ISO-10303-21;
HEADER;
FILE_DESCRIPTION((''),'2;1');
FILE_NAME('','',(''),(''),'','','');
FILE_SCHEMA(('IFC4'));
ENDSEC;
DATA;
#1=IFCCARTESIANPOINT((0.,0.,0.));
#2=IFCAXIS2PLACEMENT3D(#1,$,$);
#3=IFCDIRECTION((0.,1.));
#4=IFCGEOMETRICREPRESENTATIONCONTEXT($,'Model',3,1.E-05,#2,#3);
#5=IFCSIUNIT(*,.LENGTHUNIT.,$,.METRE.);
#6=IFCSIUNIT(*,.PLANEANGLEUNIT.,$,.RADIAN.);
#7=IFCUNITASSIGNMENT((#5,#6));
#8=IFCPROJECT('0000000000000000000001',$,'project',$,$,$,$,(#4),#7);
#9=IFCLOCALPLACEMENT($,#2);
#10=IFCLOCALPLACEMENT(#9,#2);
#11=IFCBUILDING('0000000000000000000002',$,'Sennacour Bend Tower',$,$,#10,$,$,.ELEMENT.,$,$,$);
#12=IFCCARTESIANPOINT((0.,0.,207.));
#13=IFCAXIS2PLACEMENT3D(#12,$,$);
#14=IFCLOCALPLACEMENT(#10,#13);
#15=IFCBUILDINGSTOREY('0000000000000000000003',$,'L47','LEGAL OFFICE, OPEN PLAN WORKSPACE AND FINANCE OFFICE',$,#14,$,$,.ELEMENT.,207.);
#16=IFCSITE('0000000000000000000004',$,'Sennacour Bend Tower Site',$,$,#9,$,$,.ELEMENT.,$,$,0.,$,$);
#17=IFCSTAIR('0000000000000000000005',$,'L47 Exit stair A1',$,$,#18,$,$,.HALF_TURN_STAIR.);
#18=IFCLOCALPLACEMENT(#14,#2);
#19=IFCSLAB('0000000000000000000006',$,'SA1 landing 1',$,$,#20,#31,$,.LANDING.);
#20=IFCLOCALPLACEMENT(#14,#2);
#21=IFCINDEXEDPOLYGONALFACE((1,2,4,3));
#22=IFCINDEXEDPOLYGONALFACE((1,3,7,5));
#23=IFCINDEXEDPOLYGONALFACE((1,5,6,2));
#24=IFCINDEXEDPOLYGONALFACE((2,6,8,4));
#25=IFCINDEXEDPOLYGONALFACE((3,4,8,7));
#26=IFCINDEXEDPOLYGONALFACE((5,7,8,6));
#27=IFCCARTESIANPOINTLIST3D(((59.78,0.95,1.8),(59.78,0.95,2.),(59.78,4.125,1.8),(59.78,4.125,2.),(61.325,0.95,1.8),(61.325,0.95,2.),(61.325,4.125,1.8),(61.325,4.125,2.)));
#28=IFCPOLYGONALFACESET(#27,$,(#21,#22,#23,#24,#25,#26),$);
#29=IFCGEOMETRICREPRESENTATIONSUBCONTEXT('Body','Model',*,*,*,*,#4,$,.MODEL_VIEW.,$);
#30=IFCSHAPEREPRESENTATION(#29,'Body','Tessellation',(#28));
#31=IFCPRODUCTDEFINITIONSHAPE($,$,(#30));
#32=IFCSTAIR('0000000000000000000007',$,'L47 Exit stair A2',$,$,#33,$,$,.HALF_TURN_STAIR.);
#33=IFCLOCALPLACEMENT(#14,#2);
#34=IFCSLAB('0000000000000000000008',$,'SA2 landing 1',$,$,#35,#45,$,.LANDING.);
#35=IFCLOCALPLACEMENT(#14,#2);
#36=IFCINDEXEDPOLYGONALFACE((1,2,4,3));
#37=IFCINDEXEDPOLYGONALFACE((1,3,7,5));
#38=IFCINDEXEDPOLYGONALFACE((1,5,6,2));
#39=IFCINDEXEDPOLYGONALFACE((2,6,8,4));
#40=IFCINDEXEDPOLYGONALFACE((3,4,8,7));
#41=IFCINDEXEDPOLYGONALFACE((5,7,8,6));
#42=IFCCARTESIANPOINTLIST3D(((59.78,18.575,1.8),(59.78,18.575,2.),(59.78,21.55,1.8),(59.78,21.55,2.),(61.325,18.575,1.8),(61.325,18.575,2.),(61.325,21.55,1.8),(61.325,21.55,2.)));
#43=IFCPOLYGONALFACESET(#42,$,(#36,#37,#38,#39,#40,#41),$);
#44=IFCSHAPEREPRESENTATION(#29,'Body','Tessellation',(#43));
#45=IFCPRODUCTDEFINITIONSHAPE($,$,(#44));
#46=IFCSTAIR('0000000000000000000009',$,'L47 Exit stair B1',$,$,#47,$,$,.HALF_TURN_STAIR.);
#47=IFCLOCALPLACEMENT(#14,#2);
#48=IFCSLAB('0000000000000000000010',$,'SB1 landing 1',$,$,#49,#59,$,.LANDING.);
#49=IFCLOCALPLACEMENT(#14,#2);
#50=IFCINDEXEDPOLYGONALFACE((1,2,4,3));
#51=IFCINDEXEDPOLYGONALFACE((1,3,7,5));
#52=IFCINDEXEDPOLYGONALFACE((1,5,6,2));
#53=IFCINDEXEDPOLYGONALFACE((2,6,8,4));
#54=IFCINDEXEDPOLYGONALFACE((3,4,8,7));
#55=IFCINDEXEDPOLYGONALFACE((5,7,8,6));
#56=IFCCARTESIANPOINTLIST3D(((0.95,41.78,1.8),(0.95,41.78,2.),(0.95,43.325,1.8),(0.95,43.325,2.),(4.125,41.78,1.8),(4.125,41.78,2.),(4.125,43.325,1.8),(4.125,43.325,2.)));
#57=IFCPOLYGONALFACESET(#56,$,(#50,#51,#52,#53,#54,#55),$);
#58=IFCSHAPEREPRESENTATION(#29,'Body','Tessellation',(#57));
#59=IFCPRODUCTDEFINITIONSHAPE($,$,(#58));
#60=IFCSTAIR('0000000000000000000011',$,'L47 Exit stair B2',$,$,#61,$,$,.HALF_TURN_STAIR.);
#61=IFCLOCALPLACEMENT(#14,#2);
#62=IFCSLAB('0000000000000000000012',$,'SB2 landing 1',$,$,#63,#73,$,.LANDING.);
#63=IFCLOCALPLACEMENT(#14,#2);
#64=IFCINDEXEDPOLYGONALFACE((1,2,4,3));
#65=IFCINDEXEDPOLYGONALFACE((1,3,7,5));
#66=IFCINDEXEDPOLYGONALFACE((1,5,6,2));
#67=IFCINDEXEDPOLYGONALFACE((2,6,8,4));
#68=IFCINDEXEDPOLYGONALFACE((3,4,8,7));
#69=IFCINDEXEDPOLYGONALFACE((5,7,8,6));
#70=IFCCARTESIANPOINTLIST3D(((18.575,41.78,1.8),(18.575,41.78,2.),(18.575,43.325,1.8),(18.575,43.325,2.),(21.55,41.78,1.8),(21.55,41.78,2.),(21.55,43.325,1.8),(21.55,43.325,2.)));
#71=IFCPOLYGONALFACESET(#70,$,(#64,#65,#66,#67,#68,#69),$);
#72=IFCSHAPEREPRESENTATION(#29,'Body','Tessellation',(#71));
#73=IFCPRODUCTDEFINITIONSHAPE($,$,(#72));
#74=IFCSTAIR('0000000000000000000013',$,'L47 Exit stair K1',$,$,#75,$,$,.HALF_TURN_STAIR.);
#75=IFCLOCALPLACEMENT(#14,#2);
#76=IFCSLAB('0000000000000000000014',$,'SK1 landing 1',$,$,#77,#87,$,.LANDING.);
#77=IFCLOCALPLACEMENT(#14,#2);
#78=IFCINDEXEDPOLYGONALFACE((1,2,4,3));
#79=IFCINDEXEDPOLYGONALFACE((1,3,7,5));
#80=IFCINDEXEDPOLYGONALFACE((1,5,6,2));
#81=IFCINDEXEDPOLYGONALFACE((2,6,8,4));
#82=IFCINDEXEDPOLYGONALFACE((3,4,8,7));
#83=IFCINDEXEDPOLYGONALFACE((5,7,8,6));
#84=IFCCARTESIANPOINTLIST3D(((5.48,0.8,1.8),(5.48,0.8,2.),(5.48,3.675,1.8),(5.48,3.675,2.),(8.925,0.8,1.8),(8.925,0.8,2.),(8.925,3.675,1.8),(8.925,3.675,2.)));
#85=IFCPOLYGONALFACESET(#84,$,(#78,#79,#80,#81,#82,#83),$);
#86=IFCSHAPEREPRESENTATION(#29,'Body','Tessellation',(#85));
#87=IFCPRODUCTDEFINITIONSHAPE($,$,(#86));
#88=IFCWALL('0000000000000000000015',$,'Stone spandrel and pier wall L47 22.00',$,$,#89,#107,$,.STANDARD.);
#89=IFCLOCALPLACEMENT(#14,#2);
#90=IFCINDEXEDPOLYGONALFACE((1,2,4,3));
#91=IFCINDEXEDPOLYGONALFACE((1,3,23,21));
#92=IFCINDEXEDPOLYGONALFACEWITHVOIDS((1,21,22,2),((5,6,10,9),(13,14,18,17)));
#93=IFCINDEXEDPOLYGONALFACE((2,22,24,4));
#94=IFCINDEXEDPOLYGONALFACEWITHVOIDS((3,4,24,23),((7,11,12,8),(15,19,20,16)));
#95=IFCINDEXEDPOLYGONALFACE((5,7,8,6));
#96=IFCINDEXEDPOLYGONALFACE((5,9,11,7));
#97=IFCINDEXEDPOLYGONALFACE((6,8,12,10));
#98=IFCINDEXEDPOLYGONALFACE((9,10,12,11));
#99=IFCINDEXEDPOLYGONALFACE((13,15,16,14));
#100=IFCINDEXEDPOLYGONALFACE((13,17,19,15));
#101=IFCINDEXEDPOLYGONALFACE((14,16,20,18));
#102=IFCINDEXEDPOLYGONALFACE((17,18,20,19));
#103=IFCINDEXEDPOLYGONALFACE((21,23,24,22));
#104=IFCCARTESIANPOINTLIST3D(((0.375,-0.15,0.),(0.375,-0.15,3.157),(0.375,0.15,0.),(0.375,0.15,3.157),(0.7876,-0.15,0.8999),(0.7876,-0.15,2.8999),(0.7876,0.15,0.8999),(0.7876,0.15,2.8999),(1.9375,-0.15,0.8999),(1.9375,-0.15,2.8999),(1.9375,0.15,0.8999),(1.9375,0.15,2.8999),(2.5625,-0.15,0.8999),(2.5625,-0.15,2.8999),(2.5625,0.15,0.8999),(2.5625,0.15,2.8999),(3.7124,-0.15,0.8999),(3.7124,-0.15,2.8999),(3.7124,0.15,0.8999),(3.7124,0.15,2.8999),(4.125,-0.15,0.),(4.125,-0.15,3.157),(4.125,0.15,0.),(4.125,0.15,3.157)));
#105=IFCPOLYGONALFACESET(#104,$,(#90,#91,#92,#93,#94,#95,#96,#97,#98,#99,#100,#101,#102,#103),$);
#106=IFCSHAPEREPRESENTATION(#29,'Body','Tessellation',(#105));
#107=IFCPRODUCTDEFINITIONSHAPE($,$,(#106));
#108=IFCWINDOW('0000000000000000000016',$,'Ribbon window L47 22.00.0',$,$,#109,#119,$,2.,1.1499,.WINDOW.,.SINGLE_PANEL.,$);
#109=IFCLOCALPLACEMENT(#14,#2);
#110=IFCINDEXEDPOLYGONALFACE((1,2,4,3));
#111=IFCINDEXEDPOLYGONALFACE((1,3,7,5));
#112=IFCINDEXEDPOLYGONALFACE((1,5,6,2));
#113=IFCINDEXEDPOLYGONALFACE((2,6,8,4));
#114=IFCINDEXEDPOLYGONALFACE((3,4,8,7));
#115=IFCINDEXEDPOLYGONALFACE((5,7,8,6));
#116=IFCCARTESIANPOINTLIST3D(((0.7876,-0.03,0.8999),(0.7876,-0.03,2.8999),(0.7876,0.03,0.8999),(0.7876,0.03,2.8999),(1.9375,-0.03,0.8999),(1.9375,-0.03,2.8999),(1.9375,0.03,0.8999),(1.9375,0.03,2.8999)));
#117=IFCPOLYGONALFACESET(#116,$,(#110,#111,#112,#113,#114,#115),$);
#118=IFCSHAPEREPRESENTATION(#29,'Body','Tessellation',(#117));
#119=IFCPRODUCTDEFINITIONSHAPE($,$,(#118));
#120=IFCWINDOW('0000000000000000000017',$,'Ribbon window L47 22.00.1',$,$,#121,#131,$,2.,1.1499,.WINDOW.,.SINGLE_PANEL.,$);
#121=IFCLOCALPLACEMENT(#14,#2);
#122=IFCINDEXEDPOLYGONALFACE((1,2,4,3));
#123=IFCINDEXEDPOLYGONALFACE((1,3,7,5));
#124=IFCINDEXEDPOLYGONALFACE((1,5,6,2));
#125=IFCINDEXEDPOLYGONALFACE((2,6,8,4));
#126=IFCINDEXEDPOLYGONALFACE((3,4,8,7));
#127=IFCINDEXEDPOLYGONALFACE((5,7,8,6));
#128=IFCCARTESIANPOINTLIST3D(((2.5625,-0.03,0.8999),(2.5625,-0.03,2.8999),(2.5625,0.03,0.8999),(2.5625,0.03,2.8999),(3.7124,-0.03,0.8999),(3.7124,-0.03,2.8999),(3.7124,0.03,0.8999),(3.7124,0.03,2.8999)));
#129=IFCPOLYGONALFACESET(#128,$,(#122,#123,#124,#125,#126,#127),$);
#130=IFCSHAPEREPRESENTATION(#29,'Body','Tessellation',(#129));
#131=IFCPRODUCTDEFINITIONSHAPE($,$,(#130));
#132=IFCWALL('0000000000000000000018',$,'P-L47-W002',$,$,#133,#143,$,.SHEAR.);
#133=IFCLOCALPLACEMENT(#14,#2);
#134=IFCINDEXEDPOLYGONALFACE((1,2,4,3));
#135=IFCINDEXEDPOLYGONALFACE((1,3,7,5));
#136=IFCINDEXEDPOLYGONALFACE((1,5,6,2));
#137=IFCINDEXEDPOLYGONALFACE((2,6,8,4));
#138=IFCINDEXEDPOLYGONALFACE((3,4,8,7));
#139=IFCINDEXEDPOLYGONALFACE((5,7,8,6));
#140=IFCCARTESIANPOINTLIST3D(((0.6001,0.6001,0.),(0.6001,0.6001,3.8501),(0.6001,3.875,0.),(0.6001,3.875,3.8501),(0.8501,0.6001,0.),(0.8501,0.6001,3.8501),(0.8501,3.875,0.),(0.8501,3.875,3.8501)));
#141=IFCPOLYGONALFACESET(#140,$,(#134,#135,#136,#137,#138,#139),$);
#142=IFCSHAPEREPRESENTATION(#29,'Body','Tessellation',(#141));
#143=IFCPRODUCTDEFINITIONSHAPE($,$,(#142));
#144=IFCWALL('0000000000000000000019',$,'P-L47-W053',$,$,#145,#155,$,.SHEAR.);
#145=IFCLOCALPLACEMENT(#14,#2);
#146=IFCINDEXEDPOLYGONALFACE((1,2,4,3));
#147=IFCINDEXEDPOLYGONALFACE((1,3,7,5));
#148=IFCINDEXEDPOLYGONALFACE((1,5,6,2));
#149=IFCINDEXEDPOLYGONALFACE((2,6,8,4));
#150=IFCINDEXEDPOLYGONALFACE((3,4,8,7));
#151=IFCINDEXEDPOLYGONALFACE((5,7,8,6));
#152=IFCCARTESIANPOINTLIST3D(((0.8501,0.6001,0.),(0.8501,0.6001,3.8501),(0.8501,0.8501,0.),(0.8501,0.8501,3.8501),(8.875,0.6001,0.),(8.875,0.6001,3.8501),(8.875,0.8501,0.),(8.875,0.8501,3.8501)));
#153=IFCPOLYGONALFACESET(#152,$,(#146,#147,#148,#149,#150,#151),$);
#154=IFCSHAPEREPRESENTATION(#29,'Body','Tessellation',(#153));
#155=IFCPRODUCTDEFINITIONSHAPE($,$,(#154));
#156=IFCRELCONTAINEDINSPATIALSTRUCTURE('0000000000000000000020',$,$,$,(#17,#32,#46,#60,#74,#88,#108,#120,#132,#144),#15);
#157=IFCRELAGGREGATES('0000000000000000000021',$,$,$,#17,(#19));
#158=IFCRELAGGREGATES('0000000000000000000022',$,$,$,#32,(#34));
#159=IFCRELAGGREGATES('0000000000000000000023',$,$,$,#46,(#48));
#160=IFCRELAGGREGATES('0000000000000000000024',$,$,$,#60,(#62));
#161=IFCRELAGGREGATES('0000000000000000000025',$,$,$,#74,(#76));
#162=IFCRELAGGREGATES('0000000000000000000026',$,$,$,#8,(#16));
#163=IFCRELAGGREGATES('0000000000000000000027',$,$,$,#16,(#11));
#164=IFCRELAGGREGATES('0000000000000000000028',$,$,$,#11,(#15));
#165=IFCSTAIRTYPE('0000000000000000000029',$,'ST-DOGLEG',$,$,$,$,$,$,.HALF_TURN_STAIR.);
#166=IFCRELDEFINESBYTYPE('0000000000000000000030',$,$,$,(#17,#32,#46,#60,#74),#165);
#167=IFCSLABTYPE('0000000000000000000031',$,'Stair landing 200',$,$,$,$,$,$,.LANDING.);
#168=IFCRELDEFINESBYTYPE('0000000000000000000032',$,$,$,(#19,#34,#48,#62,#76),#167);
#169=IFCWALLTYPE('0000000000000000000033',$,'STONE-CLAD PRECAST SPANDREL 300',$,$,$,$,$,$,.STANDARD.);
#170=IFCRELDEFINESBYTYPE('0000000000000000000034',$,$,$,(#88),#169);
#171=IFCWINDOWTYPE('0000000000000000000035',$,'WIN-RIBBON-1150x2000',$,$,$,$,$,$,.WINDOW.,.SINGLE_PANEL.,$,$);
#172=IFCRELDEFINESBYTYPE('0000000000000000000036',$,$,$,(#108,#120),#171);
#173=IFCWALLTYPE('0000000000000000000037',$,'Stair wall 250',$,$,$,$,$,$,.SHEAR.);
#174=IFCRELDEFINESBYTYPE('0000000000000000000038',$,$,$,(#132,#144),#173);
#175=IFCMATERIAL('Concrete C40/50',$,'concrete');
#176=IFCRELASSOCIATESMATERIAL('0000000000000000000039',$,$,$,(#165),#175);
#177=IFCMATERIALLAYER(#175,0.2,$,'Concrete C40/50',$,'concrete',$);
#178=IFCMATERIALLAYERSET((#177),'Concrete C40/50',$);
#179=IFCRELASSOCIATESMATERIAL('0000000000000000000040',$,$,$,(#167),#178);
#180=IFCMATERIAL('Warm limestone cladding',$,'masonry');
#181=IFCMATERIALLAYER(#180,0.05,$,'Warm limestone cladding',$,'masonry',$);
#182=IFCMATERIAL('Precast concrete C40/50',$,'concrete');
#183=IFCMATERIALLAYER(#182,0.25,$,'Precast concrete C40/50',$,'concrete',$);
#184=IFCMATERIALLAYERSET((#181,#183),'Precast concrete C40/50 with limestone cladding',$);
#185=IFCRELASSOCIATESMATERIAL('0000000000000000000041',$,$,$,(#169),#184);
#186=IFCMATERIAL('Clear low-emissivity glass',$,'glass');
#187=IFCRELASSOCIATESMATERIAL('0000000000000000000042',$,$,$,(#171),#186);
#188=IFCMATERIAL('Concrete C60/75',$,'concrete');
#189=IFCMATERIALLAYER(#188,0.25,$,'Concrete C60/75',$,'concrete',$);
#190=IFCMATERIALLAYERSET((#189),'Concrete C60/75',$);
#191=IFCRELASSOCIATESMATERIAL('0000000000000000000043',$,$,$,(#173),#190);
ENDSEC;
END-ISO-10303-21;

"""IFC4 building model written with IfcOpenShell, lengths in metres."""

from ifc_helpers import new_model, si_unit, direction, frame, frame_2d, origin, place, context, subcontext, project, spatial, polyline, rectangle, outline, extrude, material, layer, layer_set, type_object, element, fill, aggregate, save


model = new_model("IFC4")

# Units and contexts
model_context = context("Model", 3, precision=1e-05, world=origin(), true_north=direction((0.0, 1.0)))
body_context = subcontext(model_context, "Body", "Model", "MODEL_VIEW")
ifc_project = project(units=[si_unit("LENGTHUNIT", "METRE"), si_unit("PLANEANGLEUNIT", "RADIAN")], contexts=[model_context])

# Site, building, storey
site_placement = place(None, origin())
site = spatial("IfcSite", under=ifc_project, at=site_placement, Name="Sennacour Bend Tower Site", CompositionType="ELEMENT", RefElevation=0.0)
building_placement = place(site_placement, origin())
building = spatial("IfcBuilding", under=site, at=building_placement, Name="Sennacour Bend Tower", CompositionType="ELEMENT")
storey_placement = place(building_placement, frame((0.0, 0.0, 207.0)))
storey = spatial("IfcBuildingStorey", under=building, at=storey_placement, Name="L47", Description="LEGAL OFFICE, OPEN PLAN WORKSPACE AND FINANCE OFFICE", CompositionType="ELEMENT", Elevation=207.0)

# Shared definitions
ifc_material_1 = material(Name="Concrete C40/50", Category="concrete")

# Stairs, slabs
stair_type = type_object("IfcStairType", Name="ST-DOGLEG", PredefinedType="HALF_TURN_STAIR", material=ifc_material_1)
stair_1_placement = place(storey_placement, origin())
stair_1 = element("IfcStair", 1, at=stair_1_placement, inside=storey, type_object=stair_type, Name="L47 Exit stair A1", PredefinedType="HALF_TURN_STAIR")
ifc_layer_1 = layer(ifc_material_1, 0.2, Name="Concrete C40/50", Category="concrete")
ifc_layer_set_1 = layer_set([ifc_layer_1], Name="Concrete C40/50")
slab_type_1 = type_object("IfcSlabType", Name="Stair landing 200", PredefinedType="LANDING", material=ifc_layer_set_1)
slab_1_placement = place(storey_placement, frame((0.0, 0.0, 1.8)))
slab_1 = element("IfcSlab", 2, at=slab_1_placement, type_object=slab_type_1, Name="SA1 landing 1", PredefinedType="LANDING", context=body_context, shape_type="SweptSolid", body=[
    extrude(outline(polyline([(59.78, 0.95), (61.325, 0.95), (61.325, 4.125), (59.78, 4.125), (59.78, 0.95)])), origin(), (0.0, 0.0, 1.0), 0.2),
])
aggregate(stair_1, [slab_1])
stair_2_placement = place(storey_placement, origin())
stair_2 = element("IfcStair", 3, at=stair_2_placement, inside=storey, type_object=stair_type, Name="L47 Exit stair A2", PredefinedType="HALF_TURN_STAIR")
slab_2_placement = place(storey_placement, frame((0.0, 0.0, 1.8)))
slab_2 = element("IfcSlab", 4, at=slab_2_placement, type_object=slab_type_1, Name="SA2 landing 1", PredefinedType="LANDING", context=body_context, shape_type="SweptSolid", body=[
    extrude(outline(polyline([(59.78, 18.575), (61.325, 18.575), (61.325, 21.55), (59.78, 21.55), (59.78, 18.575)])), origin(), (0.0, 0.0, 1.0), 0.2),
])
aggregate(stair_2, [slab_2])
stair_3_placement = place(storey_placement, origin())
stair_3 = element("IfcStair", 5, at=stair_3_placement, inside=storey, type_object=stair_type, Name="L47 Exit stair B1", PredefinedType="HALF_TURN_STAIR")
slab_3_placement = place(storey_placement, frame((0.0, 0.0, 1.8)))
slab_3 = element("IfcSlab", 6, at=slab_3_placement, type_object=slab_type_1, Name="SB1 landing 1", PredefinedType="LANDING", context=body_context, shape_type="SweptSolid", body=[
    extrude(outline(polyline([(0.95, 41.78), (4.125, 41.78), (4.125, 43.325), (0.95, 43.325), (0.95, 41.78)])), origin(), (0.0, 0.0, 1.0), 0.2),
])
aggregate(stair_3, [slab_3])
stair_4_placement = place(storey_placement, origin())
stair_4 = element("IfcStair", 7, at=stair_4_placement, inside=storey, type_object=stair_type, Name="L47 Exit stair B2", PredefinedType="HALF_TURN_STAIR")
slab_4_placement = place(storey_placement, frame((0.0, 0.0, 1.8)))
slab_4 = element("IfcSlab", 8, at=slab_4_placement, type_object=slab_type_1, Name="SB2 landing 1", PredefinedType="LANDING", context=body_context, shape_type="SweptSolid", body=[
    extrude(outline(polyline([(18.575, 41.78), (21.55, 41.78), (21.55, 43.325), (18.575, 43.325), (18.575, 41.78)])), origin(), (0.0, 0.0, 1.0), 0.2),
])
aggregate(stair_4, [slab_4])
stair_5_placement = place(storey_placement, origin())
stair_5 = element("IfcStair", 9, at=stair_5_placement, inside=storey, type_object=stair_type, Name="L47 Exit stair K1", PredefinedType="HALF_TURN_STAIR")
slab_5_placement = place(storey_placement, frame((0.0, 0.0, 1.8)))
slab_5 = element("IfcSlab", 10, at=slab_5_placement, type_object=slab_type_1, Name="SK1 landing 1", PredefinedType="LANDING", context=body_context, shape_type="SweptSolid", body=[
    extrude(outline(polyline([(5.48, 0.8), (8.925, 0.8), (8.925, 3.675), (5.48, 3.675), (5.48, 0.8)])), origin(), (0.0, 0.0, 1.0), 0.2),
])
aggregate(stair_5, [slab_5])

# Wall, openings, windows
ifc_material_2 = material(Name="Warm limestone cladding", Category="masonry")
ifc_layer_2 = layer(ifc_material_2, 0.05, Name="Warm limestone cladding", Category="masonry")
ifc_material_3 = material(Name="Precast concrete C40/50", Category="concrete")
ifc_layer_3 = layer(ifc_material_3, 0.25, Name="Precast concrete C40/50", Category="concrete")
ifc_layer_set_2 = layer_set([ifc_layer_2, ifc_layer_3], Name="Precast concrete C40/50 with limestone cladding")
wall_type_1 = type_object("IfcWallType", Name="STONE-CLAD PRECAST SPANDREL 300", PredefinedType="STANDARD", material=ifc_layer_set_2)
wall_1_placement = place(storey_placement, frame((0.375, 0.0, 0.0), z_axis=(0.0, 0.0, 1.0), x_axis=(1.0, 0.0, 0.0)))
wall_1 = element("IfcWall", 11, at=wall_1_placement, inside=storey, type_object=wall_type_1, Name="Stone spandrel and pier wall L47 22.00", PredefinedType="STANDARD", context=body_context, shape_type="SweptSolid", body=[
    extrude(rectangle(XDim=3.75, YDim=0.3, at=frame_2d((1.875, 0.0))), origin(), (0.0, 0.0, 1.0), 3.157),
])
opening_1_placement = place(wall_1_placement, frame((0.4126, 0.0, 0.8999)))
opening_1 = element("IfcOpeningElement", 12, at=opening_1_placement, cuts=wall_1, PredefinedType="OPENING", context=body_context, shape_type="SweptSolid", body=[
    extrude(rectangle(XDim=1.1499, YDim=2.0, at=frame_2d((0.575, 1.0))), frame((0.0, 0.1602, 0.0), z_axis=(0.0, -1.0, 0.0), x_axis=(1.0, 0.0, 0.0)), (0.0, 0.0, 1.0), 0.3201),
])
opening_2_placement = place(wall_1_placement, frame((2.1875, 0.0, 0.8999)))
opening_2 = element("IfcOpeningElement", 13, at=opening_2_placement, cuts=wall_1, PredefinedType="OPENING", context=body_context, shape_type="SweptSolid", body=[
    extrude(rectangle(XDim=1.1499, YDim=2.0, at=frame_2d((0.575, 1.0))), frame((0.0, 0.1602, 0.0), z_axis=(0.0, -1.0, 0.0), x_axis=(1.0, 0.0, 0.0)), (0.0, 0.0, 1.0), 0.3201),
])
ifc_material_4 = material(Name="Clear low-emissivity glass", Category="glass")
window_type = type_object("IfcWindowType", Name="WIN-RIBBON-1150x2000", PartitioningType="SINGLE_PANEL", PredefinedType="WINDOW", material=ifc_material_4)
window_1_placement = place(opening_1_placement, origin())
window_1 = element("IfcWindow", 14, at=window_1_placement, inside=storey, type_object=window_type, Name="Ribbon window L47 22.00.0", OverallHeight=2.0, OverallWidth=1.1499, PartitioningType="SINGLE_PANEL", PredefinedType="WINDOW", context=body_context, shape_type="SweptSolid", body=[
    extrude(rectangle(XDim=1.1499, YDim=2.0, at=frame_2d((0.575, 1.0))), frame((0.0, 0.03, 0.0), z_axis=(0.0, -1.0, 0.0), x_axis=(1.0, 0.0, 0.0)), (0.0, 0.0, 1.0), 0.0601),
])
fill(opening_1, window_1)
window_2_placement = place(opening_2_placement, origin())
window_2 = element("IfcWindow", 15, at=window_2_placement, inside=storey, type_object=window_type, Name="Ribbon window L47 22.00.1", OverallHeight=2.0, OverallWidth=1.1499, PartitioningType="SINGLE_PANEL", PredefinedType="WINDOW", context=body_context, shape_type="SweptSolid", body=[
    extrude(rectangle(XDim=1.1499, YDim=2.0, at=frame_2d((0.575, 1.0))), frame((0.0, 0.03, 0.0), z_axis=(0.0, -1.0, 0.0), x_axis=(1.0, 0.0, 0.0)), (0.0, 0.0, 1.0), 0.0601),
])
fill(opening_2, window_2)

# Walls
ifc_material_5 = material(Name="Concrete C60/75", Category="concrete")
ifc_layer_4 = layer(ifc_material_5, 0.25, Name="Concrete C60/75", Category="concrete")
ifc_layer_set_3 = layer_set([ifc_layer_4], Name="Concrete C60/75")
wall_type_2 = type_object("IfcWallType", Name="Stair wall 250", PredefinedType="SHEAR", material=ifc_layer_set_3)
wall_2_placement = place(storey_placement, frame((0.7251, 0.6001, 0.0), z_axis=(0.0, 0.0, 1.0), x_axis=(0.0, 1.0, 0.0)))
element("IfcWall", 16, at=wall_2_placement, inside=storey, type_object=wall_type_2, Name="P-L47-W002", PredefinedType="SHEAR", context=body_context, shape_type="SweptSolid", body=[
    extrude(rectangle(XDim=3.2749, YDim=0.25, at=frame_2d((1.6375, 0.0))), origin(), (0.0, 0.0, 1.0), 3.8501),
])
wall_3_placement = place(storey_placement, frame((0.8501, 0.7251, 0.0), z_axis=(0.0, 0.0, 1.0), x_axis=(1.0, 0.0, 0.0)))
element("IfcWall", 17, at=wall_3_placement, inside=storey, type_object=wall_type_2, Name="P-L47-W053", PredefinedType="SHEAR", context=body_context, shape_type="SweptSolid", body=[
    extrude(rectangle(XDim=8.0249, YDim=0.25, at=frame_2d((4.0125, 0.0))), origin(), (0.0, 0.0, 1.0), 3.8501),
])

save(model, "model.ifc")
